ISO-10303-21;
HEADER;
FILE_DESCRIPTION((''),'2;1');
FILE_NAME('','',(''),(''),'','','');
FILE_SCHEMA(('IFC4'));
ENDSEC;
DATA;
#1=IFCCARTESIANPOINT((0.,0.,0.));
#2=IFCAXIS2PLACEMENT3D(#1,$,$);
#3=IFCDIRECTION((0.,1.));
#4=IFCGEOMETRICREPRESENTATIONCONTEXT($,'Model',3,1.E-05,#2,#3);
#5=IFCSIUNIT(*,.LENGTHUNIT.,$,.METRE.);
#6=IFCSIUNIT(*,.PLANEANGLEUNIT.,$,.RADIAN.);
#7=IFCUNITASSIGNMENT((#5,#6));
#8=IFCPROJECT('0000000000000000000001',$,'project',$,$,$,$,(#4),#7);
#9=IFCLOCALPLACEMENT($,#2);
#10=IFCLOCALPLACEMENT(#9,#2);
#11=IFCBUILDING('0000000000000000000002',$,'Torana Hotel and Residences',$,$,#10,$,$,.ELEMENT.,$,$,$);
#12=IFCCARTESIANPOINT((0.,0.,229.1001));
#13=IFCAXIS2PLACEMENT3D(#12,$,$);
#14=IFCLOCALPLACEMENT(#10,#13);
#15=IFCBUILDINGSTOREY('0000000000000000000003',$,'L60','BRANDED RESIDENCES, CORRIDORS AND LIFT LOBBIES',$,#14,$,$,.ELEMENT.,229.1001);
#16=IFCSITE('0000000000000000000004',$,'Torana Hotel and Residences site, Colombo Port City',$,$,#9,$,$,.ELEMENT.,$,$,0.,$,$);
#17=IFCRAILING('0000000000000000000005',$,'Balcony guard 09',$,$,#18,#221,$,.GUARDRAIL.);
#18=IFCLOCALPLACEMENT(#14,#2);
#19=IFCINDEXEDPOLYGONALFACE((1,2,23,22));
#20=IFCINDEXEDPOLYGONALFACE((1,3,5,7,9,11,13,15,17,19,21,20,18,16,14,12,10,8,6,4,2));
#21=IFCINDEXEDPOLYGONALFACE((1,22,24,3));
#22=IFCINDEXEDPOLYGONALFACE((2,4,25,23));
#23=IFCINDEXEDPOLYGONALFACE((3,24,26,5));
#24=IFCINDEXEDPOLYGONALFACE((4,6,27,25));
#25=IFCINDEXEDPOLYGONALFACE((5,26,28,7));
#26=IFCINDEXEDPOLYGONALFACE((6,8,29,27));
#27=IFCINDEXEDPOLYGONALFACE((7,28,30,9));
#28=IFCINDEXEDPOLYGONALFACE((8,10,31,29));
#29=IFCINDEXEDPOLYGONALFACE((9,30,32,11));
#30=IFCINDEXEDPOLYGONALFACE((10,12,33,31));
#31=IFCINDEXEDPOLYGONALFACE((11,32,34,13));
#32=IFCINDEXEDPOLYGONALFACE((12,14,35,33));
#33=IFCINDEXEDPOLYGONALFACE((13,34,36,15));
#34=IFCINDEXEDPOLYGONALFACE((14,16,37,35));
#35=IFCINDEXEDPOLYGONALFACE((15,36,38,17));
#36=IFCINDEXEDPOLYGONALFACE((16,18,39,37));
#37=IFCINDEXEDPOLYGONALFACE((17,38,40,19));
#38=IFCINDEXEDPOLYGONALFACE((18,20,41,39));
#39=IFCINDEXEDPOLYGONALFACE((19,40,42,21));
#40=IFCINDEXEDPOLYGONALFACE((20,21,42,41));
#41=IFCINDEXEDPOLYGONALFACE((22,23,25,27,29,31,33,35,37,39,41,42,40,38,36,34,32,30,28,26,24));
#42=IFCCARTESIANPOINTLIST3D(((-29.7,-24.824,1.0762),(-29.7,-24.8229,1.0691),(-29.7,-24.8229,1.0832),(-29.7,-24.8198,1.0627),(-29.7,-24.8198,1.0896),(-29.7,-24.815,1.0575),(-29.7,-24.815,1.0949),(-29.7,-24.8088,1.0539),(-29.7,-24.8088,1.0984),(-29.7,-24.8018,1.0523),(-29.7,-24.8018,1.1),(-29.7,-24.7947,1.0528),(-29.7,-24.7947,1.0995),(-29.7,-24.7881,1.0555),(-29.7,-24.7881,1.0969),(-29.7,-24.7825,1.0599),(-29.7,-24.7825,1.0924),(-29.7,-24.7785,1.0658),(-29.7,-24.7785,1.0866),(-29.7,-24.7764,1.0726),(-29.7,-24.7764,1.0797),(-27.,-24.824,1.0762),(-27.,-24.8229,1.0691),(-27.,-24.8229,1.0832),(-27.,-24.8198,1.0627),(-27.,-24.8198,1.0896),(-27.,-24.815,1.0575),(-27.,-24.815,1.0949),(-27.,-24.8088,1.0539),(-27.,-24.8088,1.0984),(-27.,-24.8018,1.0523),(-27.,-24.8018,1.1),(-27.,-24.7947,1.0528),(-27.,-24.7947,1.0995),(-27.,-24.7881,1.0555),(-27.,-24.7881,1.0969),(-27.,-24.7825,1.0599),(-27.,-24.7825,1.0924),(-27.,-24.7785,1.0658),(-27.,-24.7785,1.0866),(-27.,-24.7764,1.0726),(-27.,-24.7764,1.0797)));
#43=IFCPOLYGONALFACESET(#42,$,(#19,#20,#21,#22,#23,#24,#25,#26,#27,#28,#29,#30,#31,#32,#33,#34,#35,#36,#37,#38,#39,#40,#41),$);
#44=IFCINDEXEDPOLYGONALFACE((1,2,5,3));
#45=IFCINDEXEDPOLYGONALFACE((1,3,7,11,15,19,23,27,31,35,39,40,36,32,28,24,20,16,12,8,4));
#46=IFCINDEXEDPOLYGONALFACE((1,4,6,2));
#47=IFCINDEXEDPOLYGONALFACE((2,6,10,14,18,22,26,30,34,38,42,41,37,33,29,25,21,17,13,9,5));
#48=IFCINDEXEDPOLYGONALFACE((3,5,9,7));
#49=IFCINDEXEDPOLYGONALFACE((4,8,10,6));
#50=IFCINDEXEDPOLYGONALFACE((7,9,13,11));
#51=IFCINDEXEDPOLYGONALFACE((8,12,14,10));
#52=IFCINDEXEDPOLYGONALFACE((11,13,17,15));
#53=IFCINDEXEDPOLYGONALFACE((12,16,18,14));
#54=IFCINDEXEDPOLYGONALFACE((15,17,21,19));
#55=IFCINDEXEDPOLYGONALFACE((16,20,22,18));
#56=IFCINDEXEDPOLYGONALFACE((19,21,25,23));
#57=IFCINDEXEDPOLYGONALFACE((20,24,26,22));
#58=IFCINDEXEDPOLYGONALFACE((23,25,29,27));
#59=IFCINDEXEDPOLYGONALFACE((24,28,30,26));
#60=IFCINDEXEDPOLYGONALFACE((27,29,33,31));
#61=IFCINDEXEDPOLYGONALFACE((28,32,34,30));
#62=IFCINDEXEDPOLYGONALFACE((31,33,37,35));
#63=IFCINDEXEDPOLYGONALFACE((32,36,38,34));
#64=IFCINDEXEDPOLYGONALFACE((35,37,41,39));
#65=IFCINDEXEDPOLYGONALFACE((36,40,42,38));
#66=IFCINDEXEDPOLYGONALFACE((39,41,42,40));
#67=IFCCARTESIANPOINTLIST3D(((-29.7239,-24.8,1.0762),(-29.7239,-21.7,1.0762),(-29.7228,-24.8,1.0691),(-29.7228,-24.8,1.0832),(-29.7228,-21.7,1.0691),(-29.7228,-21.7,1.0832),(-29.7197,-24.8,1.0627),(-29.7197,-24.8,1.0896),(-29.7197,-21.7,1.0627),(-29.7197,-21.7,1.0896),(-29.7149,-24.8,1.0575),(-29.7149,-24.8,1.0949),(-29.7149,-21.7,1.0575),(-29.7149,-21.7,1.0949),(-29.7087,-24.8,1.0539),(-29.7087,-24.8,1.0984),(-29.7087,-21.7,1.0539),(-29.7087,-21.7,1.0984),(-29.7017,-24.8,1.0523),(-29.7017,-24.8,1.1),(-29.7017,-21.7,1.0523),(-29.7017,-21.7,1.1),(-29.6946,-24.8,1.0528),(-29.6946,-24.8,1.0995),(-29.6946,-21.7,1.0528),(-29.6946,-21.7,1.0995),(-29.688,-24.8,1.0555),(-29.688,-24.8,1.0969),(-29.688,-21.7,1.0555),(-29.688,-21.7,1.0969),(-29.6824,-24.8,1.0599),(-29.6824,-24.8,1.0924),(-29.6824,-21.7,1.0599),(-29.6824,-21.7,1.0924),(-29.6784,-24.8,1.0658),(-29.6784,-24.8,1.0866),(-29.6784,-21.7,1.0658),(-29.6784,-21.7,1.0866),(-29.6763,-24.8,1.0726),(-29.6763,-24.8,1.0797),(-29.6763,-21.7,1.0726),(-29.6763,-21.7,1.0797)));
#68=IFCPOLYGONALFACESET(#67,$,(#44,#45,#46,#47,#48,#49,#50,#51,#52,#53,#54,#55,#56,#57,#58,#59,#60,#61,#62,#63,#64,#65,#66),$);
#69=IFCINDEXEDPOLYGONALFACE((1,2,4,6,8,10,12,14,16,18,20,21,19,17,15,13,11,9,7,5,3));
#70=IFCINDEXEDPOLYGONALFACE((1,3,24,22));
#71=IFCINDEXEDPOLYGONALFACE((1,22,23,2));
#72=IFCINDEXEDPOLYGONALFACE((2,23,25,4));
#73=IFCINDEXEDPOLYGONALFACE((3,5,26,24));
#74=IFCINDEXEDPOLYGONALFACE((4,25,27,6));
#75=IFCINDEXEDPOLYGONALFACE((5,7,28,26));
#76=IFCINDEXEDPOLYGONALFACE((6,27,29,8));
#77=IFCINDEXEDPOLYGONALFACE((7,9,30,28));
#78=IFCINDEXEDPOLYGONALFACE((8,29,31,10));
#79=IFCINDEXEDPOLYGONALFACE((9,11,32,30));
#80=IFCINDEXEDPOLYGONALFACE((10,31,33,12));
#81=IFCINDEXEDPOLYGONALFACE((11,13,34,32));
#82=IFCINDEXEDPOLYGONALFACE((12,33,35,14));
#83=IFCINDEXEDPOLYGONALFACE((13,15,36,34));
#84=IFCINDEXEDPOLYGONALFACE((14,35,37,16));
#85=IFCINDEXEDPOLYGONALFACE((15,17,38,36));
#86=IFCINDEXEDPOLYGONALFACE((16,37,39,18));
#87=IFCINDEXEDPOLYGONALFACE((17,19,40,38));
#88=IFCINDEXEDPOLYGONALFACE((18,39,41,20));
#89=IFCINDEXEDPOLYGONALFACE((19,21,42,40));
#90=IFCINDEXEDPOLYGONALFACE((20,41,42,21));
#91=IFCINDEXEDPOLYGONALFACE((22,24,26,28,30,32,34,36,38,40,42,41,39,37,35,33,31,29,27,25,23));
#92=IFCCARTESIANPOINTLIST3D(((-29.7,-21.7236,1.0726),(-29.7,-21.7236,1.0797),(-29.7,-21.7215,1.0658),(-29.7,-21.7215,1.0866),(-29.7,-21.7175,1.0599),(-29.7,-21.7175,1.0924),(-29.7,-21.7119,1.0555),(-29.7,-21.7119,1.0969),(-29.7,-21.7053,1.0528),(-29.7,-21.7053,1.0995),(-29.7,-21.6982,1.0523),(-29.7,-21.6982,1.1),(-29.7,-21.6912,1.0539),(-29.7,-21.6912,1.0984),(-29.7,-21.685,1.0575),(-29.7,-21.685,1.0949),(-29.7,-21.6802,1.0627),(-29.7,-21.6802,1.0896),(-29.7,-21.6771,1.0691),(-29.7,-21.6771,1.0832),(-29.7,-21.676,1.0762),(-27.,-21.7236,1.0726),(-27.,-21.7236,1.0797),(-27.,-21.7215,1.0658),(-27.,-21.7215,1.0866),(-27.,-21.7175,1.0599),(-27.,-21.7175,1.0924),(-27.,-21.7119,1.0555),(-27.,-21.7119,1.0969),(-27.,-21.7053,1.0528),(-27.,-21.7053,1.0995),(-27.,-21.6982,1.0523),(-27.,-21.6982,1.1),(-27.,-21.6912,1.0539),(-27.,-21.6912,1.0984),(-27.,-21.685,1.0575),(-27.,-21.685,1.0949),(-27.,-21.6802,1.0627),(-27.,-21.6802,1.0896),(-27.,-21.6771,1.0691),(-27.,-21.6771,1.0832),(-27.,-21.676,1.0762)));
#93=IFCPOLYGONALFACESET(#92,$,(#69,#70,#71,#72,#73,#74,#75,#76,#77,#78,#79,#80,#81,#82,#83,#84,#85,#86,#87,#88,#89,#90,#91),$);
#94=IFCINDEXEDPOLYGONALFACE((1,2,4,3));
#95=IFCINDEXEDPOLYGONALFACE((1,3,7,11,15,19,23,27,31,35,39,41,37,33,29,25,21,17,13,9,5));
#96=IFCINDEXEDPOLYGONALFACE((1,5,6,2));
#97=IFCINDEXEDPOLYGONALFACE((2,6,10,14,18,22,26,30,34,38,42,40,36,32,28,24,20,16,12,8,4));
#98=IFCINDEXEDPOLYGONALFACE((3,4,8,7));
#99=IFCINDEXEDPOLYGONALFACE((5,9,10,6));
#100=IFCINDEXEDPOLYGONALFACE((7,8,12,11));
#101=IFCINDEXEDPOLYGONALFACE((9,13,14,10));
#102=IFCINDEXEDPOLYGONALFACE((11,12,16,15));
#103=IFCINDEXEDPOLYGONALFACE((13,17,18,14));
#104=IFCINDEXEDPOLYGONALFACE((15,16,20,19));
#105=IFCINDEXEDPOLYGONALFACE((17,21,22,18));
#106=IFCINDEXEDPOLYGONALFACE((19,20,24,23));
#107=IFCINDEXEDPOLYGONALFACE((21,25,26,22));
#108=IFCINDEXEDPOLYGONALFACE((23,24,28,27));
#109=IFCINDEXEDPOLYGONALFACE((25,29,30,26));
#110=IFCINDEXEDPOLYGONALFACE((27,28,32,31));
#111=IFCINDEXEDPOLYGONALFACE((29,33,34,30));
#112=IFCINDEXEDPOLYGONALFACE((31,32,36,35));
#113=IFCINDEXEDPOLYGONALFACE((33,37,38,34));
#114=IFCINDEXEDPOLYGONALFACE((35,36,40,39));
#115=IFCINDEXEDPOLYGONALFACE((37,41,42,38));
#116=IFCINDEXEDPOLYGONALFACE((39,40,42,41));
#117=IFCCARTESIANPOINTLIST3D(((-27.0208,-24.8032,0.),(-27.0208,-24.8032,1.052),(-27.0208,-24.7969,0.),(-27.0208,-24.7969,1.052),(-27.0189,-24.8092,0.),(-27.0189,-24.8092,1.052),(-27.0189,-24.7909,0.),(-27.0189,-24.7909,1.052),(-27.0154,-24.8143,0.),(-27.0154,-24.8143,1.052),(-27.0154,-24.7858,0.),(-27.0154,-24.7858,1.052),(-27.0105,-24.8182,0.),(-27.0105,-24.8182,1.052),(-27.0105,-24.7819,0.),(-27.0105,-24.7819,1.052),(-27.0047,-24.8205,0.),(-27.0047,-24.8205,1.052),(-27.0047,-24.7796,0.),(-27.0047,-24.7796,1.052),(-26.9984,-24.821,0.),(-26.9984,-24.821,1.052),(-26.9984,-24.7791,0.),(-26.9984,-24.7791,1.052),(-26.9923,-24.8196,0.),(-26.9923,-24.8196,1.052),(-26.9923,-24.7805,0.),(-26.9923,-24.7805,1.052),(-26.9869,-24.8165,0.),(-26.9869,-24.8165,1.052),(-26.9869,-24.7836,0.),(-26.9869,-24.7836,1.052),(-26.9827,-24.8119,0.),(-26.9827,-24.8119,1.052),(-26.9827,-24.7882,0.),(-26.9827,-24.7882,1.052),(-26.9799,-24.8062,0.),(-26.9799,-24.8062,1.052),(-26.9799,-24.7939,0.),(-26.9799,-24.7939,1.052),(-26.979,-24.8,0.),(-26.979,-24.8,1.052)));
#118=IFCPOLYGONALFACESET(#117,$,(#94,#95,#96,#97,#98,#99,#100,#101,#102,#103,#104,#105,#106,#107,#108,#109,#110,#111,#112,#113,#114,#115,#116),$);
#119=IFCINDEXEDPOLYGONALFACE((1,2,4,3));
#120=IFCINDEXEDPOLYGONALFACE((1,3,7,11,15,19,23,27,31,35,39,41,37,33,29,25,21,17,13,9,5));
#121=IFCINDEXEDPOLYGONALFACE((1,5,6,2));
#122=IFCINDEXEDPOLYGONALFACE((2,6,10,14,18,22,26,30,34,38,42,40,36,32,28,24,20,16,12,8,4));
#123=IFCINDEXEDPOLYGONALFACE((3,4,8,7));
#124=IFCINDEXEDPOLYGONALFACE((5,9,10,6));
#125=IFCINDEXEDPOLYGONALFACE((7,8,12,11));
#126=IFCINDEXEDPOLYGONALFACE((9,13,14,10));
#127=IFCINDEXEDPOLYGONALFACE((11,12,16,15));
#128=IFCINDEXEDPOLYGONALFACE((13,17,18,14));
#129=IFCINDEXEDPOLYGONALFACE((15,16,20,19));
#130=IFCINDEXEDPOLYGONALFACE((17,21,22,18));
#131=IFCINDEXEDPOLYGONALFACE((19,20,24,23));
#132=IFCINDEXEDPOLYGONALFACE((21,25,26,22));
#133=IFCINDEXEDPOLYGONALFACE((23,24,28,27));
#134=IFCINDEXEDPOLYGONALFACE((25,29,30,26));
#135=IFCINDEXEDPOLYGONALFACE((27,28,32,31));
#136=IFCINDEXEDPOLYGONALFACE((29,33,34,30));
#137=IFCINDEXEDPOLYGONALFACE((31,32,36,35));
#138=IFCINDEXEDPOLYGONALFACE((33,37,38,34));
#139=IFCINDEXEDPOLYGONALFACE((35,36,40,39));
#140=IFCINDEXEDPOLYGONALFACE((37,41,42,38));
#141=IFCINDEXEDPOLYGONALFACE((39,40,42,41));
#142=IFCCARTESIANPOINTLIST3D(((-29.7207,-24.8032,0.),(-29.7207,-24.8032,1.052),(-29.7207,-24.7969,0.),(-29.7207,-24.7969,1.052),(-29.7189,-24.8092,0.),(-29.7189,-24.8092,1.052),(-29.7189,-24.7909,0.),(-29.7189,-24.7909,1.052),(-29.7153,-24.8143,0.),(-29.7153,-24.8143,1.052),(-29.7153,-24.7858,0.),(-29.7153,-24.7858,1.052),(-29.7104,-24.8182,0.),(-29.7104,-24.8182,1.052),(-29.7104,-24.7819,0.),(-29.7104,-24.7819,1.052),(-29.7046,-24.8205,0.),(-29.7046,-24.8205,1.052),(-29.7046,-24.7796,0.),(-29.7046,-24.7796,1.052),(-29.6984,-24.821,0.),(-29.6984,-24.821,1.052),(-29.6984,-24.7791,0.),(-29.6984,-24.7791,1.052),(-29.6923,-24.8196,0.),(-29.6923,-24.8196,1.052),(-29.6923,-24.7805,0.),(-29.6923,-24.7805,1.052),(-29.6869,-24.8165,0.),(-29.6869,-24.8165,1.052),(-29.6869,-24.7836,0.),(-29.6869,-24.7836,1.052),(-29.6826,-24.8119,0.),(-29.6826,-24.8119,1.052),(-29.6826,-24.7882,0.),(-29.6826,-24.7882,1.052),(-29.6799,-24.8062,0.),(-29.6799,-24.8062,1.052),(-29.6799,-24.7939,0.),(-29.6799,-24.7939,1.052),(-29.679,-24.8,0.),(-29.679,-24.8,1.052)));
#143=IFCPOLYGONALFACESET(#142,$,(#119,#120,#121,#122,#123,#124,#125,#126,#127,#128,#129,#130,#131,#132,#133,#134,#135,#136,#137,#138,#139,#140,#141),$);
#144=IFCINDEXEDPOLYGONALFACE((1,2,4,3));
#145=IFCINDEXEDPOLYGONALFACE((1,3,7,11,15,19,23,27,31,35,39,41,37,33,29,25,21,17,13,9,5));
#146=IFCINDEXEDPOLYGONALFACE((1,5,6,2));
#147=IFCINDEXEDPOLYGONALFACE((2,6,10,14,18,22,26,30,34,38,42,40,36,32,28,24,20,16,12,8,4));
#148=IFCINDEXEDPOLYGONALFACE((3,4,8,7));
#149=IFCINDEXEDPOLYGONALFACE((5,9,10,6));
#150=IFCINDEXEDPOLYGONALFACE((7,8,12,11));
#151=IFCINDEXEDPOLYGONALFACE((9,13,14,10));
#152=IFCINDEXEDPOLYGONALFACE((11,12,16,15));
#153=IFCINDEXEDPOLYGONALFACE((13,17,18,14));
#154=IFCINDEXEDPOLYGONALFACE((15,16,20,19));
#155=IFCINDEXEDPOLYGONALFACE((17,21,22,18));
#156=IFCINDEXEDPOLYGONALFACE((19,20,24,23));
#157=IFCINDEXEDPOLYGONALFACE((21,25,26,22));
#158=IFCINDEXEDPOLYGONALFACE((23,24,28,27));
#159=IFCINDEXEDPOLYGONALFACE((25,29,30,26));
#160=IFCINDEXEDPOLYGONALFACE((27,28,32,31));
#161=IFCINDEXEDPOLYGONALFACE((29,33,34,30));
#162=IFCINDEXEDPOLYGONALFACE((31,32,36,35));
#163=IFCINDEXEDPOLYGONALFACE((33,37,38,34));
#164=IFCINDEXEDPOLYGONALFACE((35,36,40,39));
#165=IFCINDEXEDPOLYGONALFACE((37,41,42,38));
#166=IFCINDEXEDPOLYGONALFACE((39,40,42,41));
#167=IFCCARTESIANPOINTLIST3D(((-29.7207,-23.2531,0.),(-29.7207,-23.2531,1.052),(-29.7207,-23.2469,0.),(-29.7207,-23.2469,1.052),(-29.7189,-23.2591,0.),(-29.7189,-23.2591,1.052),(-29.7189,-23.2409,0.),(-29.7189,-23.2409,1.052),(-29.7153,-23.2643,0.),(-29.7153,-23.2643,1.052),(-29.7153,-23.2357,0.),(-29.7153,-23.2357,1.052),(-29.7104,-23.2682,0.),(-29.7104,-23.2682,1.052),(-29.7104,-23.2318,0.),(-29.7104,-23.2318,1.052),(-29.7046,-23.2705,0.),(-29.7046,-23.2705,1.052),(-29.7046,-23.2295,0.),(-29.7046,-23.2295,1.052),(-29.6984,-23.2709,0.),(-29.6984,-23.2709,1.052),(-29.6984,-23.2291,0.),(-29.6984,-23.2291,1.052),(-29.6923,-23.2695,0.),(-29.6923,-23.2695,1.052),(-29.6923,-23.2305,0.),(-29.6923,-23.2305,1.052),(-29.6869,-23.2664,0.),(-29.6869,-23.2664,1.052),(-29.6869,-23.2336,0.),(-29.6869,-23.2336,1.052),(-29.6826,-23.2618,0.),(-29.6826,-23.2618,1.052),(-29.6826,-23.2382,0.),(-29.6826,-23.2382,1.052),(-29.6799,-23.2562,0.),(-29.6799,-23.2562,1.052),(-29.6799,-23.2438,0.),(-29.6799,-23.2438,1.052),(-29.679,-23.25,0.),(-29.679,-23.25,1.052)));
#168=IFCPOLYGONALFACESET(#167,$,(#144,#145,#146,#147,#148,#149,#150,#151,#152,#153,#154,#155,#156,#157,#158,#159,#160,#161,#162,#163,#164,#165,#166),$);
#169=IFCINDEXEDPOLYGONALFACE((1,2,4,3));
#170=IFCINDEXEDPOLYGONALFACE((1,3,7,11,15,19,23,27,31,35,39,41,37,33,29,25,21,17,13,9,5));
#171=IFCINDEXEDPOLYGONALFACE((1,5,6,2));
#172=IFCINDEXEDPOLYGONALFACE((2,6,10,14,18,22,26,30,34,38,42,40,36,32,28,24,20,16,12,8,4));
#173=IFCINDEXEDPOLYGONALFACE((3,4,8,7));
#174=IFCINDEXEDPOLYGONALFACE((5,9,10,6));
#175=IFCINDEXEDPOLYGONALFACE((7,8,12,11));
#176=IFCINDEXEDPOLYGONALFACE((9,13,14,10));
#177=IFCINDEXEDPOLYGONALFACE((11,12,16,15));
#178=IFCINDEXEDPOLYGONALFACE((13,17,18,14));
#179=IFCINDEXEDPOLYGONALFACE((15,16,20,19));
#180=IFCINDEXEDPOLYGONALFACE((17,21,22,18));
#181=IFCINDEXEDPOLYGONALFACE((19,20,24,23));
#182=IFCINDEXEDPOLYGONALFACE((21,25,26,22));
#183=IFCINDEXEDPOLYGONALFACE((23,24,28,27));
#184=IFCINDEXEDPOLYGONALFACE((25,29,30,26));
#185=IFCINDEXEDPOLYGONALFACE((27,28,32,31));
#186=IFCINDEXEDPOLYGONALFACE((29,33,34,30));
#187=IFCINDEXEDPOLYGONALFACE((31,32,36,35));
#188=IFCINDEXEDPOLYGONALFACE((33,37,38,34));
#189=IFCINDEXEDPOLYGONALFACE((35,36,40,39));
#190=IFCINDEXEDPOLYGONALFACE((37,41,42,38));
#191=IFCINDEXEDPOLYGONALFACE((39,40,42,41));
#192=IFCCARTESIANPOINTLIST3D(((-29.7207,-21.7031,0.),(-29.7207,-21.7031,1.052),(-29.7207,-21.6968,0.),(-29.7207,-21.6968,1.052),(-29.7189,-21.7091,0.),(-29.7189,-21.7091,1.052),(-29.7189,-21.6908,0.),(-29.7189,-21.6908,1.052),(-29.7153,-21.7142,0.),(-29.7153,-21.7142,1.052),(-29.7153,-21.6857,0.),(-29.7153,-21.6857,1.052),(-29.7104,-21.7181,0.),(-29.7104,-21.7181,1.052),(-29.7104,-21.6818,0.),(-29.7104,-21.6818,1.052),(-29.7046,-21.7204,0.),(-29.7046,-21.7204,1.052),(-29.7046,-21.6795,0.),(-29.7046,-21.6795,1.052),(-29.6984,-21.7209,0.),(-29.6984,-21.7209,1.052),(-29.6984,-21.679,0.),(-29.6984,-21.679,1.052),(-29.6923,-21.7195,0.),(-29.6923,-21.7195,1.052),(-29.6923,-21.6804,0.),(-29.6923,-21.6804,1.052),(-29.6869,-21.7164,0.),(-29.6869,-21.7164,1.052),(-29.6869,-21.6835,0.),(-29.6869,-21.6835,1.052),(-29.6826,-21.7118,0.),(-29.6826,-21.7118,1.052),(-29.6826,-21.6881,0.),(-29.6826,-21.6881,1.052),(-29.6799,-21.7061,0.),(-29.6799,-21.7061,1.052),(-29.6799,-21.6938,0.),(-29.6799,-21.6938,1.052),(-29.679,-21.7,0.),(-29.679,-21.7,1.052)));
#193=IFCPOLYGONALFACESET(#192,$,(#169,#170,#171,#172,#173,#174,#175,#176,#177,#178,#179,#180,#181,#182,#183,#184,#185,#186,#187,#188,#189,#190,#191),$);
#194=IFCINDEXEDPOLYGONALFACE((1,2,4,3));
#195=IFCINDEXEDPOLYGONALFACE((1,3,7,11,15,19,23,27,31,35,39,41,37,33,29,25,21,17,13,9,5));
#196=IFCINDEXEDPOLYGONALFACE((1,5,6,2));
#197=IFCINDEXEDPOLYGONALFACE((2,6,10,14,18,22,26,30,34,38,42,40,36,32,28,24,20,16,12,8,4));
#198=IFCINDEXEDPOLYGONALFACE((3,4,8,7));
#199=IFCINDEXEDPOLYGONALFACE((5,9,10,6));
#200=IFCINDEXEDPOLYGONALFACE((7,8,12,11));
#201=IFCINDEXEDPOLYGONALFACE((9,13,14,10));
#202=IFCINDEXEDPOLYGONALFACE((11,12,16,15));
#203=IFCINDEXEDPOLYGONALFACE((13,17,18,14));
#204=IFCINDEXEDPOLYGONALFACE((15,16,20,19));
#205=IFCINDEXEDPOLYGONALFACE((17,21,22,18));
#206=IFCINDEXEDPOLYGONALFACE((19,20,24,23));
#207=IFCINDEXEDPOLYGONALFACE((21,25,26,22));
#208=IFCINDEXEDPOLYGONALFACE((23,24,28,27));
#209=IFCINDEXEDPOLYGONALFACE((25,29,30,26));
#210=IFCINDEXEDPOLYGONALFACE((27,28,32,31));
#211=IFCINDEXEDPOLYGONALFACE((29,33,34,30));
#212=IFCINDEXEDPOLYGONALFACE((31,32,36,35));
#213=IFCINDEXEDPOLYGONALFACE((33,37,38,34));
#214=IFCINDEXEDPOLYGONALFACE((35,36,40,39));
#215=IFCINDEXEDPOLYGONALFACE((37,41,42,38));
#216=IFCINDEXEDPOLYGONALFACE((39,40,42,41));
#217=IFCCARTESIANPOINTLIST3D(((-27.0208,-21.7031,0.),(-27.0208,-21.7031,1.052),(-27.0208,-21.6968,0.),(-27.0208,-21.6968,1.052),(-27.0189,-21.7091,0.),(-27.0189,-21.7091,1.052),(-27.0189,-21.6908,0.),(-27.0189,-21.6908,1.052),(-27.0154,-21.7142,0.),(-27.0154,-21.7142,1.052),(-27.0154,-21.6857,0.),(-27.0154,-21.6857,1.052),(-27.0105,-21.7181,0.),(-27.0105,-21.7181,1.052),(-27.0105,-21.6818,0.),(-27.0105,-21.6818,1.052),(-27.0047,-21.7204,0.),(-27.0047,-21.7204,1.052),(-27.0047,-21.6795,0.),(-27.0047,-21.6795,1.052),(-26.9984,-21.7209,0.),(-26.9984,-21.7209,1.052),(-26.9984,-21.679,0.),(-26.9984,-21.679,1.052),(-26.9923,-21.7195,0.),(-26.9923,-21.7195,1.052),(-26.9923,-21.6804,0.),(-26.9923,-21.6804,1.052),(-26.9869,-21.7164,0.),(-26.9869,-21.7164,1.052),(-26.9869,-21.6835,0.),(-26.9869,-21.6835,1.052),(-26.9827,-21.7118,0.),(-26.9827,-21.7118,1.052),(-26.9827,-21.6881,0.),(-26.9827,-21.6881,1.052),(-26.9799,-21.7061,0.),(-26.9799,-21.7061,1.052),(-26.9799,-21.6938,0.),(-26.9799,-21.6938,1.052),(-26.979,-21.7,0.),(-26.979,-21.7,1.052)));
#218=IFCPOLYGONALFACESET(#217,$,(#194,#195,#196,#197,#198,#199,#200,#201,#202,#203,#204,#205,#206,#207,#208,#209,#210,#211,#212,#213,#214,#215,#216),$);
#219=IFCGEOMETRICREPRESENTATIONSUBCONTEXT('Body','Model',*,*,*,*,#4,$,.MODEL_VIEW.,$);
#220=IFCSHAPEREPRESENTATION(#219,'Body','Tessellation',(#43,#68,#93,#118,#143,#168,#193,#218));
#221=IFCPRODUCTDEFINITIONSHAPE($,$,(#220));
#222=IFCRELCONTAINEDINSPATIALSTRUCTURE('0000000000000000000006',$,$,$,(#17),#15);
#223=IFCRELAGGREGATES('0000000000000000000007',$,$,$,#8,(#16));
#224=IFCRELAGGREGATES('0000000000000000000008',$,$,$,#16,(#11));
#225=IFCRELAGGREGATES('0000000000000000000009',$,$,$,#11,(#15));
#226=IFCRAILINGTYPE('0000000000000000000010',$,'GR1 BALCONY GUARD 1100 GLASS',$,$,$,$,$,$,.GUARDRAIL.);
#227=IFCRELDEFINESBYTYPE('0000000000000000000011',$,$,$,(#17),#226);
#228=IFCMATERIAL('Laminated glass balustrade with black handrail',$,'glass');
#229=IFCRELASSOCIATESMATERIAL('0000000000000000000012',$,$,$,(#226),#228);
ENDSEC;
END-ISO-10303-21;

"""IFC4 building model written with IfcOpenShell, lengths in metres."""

from ifc_helpers import new_model, si_unit, direction, frame, origin, origin_2d, place, context, subcontext, project, spatial, circle, extrude, material, type_object, element, save


model = new_model("IFC4")

# Units and contexts
model_context = context("Model", 3, precision=1e-05, world=origin(), true_north=direction((0.0, 1.0)))
body_context = subcontext(model_context, "Body", "Model", "MODEL_VIEW")
ifc_project = project(units=[si_unit("LENGTHUNIT", "METRE"), si_unit("PLANEANGLEUNIT", "RADIAN")], contexts=[model_context])

# Site, building, storey
site_placement = place(None, origin())
site = spatial("IfcSite", under=ifc_project, at=site_placement, Name="Torana Hotel and Residences site, Colombo Port City", CompositionType="ELEMENT", RefElevation=0.0)
building_placement = place(site_placement, origin())
building = spatial("IfcBuilding", under=site, at=building_placement, Name="Torana Hotel and Residences", CompositionType="ELEMENT")
storey_placement = place(building_placement, frame((0.0, 0.0, 229.1001)))
storey = spatial("IfcBuildingStorey", under=building, at=storey_placement, Name="L60", Description="BRANDED RESIDENCES, CORRIDORS AND LIFT LOBBIES", CompositionType="ELEMENT", Elevation=229.1001)

# Railing
ifc_material_1 = material(Name="Laminated glass balustrade with black handrail", Category="glass")
railing_type = type_object("IfcRailingType", Name="GR1 BALCONY GUARD 1100 GLASS", PredefinedType="GUARDRAIL", material=ifc_material_1)
railing_placement = place(storey_placement, frame((-27.0, -24.8, 0.0)))
element("IfcRailing", 1, at=railing_placement, inside=storey, type_object=railing_type, Name="Balcony guard 09", PredefinedType="GUARDRAIL", context=body_context, shape_type="SweptSolid", body=[
    extrude(circle(Radius=0.0239, at=origin_2d()), frame((0.0, 0.0, 1.0762), z_axis=(-1.0, 0.0, 0.0), x_axis=(0.0, -1.0, 0.0)), (0.0, 0.0, 1.0), 2.7),
    extrude(circle(Radius=0.0239, at=origin_2d()), frame((-2.7, 0.0, 1.0762), z_axis=(0.0, 1.0, 0.0), x_axis=(-1.0, 0.0, 0.0)), (0.0, 0.0, 1.0), 3.1001),
    extrude(circle(Radius=0.0239, at=origin_2d()), frame((-2.7, 3.1001, 1.0762), z_axis=(1.0, 0.0, 0.0), x_axis=(0.0, 1.0, 0.0)), (0.0, 0.0, 1.0), 2.7),
    extrude(circle(Radius=0.021, at=origin_2d()), origin(), (0.0, 0.0, 1.0), 1.052),
    extrude(circle(Radius=0.021, at=origin_2d()), frame((-2.7, 0.0, 0.0)), (0.0, 0.0, 1.0), 1.052),
    extrude(circle(Radius=0.021, at=origin_2d()), frame((-2.7, 1.55, 0.0)), (0.0, 0.0, 1.0), 1.052),
    extrude(circle(Radius=0.021, at=origin_2d()), frame((-2.7, 3.1001, 0.0)), (0.0, 0.0, 1.0), 1.052),
    extrude(circle(Radius=0.021, at=origin_2d()), frame((0.0, 3.1001, 0.0)), (0.0, 0.0, 1.0), 1.052),
])

save(model, "model.ifc")
